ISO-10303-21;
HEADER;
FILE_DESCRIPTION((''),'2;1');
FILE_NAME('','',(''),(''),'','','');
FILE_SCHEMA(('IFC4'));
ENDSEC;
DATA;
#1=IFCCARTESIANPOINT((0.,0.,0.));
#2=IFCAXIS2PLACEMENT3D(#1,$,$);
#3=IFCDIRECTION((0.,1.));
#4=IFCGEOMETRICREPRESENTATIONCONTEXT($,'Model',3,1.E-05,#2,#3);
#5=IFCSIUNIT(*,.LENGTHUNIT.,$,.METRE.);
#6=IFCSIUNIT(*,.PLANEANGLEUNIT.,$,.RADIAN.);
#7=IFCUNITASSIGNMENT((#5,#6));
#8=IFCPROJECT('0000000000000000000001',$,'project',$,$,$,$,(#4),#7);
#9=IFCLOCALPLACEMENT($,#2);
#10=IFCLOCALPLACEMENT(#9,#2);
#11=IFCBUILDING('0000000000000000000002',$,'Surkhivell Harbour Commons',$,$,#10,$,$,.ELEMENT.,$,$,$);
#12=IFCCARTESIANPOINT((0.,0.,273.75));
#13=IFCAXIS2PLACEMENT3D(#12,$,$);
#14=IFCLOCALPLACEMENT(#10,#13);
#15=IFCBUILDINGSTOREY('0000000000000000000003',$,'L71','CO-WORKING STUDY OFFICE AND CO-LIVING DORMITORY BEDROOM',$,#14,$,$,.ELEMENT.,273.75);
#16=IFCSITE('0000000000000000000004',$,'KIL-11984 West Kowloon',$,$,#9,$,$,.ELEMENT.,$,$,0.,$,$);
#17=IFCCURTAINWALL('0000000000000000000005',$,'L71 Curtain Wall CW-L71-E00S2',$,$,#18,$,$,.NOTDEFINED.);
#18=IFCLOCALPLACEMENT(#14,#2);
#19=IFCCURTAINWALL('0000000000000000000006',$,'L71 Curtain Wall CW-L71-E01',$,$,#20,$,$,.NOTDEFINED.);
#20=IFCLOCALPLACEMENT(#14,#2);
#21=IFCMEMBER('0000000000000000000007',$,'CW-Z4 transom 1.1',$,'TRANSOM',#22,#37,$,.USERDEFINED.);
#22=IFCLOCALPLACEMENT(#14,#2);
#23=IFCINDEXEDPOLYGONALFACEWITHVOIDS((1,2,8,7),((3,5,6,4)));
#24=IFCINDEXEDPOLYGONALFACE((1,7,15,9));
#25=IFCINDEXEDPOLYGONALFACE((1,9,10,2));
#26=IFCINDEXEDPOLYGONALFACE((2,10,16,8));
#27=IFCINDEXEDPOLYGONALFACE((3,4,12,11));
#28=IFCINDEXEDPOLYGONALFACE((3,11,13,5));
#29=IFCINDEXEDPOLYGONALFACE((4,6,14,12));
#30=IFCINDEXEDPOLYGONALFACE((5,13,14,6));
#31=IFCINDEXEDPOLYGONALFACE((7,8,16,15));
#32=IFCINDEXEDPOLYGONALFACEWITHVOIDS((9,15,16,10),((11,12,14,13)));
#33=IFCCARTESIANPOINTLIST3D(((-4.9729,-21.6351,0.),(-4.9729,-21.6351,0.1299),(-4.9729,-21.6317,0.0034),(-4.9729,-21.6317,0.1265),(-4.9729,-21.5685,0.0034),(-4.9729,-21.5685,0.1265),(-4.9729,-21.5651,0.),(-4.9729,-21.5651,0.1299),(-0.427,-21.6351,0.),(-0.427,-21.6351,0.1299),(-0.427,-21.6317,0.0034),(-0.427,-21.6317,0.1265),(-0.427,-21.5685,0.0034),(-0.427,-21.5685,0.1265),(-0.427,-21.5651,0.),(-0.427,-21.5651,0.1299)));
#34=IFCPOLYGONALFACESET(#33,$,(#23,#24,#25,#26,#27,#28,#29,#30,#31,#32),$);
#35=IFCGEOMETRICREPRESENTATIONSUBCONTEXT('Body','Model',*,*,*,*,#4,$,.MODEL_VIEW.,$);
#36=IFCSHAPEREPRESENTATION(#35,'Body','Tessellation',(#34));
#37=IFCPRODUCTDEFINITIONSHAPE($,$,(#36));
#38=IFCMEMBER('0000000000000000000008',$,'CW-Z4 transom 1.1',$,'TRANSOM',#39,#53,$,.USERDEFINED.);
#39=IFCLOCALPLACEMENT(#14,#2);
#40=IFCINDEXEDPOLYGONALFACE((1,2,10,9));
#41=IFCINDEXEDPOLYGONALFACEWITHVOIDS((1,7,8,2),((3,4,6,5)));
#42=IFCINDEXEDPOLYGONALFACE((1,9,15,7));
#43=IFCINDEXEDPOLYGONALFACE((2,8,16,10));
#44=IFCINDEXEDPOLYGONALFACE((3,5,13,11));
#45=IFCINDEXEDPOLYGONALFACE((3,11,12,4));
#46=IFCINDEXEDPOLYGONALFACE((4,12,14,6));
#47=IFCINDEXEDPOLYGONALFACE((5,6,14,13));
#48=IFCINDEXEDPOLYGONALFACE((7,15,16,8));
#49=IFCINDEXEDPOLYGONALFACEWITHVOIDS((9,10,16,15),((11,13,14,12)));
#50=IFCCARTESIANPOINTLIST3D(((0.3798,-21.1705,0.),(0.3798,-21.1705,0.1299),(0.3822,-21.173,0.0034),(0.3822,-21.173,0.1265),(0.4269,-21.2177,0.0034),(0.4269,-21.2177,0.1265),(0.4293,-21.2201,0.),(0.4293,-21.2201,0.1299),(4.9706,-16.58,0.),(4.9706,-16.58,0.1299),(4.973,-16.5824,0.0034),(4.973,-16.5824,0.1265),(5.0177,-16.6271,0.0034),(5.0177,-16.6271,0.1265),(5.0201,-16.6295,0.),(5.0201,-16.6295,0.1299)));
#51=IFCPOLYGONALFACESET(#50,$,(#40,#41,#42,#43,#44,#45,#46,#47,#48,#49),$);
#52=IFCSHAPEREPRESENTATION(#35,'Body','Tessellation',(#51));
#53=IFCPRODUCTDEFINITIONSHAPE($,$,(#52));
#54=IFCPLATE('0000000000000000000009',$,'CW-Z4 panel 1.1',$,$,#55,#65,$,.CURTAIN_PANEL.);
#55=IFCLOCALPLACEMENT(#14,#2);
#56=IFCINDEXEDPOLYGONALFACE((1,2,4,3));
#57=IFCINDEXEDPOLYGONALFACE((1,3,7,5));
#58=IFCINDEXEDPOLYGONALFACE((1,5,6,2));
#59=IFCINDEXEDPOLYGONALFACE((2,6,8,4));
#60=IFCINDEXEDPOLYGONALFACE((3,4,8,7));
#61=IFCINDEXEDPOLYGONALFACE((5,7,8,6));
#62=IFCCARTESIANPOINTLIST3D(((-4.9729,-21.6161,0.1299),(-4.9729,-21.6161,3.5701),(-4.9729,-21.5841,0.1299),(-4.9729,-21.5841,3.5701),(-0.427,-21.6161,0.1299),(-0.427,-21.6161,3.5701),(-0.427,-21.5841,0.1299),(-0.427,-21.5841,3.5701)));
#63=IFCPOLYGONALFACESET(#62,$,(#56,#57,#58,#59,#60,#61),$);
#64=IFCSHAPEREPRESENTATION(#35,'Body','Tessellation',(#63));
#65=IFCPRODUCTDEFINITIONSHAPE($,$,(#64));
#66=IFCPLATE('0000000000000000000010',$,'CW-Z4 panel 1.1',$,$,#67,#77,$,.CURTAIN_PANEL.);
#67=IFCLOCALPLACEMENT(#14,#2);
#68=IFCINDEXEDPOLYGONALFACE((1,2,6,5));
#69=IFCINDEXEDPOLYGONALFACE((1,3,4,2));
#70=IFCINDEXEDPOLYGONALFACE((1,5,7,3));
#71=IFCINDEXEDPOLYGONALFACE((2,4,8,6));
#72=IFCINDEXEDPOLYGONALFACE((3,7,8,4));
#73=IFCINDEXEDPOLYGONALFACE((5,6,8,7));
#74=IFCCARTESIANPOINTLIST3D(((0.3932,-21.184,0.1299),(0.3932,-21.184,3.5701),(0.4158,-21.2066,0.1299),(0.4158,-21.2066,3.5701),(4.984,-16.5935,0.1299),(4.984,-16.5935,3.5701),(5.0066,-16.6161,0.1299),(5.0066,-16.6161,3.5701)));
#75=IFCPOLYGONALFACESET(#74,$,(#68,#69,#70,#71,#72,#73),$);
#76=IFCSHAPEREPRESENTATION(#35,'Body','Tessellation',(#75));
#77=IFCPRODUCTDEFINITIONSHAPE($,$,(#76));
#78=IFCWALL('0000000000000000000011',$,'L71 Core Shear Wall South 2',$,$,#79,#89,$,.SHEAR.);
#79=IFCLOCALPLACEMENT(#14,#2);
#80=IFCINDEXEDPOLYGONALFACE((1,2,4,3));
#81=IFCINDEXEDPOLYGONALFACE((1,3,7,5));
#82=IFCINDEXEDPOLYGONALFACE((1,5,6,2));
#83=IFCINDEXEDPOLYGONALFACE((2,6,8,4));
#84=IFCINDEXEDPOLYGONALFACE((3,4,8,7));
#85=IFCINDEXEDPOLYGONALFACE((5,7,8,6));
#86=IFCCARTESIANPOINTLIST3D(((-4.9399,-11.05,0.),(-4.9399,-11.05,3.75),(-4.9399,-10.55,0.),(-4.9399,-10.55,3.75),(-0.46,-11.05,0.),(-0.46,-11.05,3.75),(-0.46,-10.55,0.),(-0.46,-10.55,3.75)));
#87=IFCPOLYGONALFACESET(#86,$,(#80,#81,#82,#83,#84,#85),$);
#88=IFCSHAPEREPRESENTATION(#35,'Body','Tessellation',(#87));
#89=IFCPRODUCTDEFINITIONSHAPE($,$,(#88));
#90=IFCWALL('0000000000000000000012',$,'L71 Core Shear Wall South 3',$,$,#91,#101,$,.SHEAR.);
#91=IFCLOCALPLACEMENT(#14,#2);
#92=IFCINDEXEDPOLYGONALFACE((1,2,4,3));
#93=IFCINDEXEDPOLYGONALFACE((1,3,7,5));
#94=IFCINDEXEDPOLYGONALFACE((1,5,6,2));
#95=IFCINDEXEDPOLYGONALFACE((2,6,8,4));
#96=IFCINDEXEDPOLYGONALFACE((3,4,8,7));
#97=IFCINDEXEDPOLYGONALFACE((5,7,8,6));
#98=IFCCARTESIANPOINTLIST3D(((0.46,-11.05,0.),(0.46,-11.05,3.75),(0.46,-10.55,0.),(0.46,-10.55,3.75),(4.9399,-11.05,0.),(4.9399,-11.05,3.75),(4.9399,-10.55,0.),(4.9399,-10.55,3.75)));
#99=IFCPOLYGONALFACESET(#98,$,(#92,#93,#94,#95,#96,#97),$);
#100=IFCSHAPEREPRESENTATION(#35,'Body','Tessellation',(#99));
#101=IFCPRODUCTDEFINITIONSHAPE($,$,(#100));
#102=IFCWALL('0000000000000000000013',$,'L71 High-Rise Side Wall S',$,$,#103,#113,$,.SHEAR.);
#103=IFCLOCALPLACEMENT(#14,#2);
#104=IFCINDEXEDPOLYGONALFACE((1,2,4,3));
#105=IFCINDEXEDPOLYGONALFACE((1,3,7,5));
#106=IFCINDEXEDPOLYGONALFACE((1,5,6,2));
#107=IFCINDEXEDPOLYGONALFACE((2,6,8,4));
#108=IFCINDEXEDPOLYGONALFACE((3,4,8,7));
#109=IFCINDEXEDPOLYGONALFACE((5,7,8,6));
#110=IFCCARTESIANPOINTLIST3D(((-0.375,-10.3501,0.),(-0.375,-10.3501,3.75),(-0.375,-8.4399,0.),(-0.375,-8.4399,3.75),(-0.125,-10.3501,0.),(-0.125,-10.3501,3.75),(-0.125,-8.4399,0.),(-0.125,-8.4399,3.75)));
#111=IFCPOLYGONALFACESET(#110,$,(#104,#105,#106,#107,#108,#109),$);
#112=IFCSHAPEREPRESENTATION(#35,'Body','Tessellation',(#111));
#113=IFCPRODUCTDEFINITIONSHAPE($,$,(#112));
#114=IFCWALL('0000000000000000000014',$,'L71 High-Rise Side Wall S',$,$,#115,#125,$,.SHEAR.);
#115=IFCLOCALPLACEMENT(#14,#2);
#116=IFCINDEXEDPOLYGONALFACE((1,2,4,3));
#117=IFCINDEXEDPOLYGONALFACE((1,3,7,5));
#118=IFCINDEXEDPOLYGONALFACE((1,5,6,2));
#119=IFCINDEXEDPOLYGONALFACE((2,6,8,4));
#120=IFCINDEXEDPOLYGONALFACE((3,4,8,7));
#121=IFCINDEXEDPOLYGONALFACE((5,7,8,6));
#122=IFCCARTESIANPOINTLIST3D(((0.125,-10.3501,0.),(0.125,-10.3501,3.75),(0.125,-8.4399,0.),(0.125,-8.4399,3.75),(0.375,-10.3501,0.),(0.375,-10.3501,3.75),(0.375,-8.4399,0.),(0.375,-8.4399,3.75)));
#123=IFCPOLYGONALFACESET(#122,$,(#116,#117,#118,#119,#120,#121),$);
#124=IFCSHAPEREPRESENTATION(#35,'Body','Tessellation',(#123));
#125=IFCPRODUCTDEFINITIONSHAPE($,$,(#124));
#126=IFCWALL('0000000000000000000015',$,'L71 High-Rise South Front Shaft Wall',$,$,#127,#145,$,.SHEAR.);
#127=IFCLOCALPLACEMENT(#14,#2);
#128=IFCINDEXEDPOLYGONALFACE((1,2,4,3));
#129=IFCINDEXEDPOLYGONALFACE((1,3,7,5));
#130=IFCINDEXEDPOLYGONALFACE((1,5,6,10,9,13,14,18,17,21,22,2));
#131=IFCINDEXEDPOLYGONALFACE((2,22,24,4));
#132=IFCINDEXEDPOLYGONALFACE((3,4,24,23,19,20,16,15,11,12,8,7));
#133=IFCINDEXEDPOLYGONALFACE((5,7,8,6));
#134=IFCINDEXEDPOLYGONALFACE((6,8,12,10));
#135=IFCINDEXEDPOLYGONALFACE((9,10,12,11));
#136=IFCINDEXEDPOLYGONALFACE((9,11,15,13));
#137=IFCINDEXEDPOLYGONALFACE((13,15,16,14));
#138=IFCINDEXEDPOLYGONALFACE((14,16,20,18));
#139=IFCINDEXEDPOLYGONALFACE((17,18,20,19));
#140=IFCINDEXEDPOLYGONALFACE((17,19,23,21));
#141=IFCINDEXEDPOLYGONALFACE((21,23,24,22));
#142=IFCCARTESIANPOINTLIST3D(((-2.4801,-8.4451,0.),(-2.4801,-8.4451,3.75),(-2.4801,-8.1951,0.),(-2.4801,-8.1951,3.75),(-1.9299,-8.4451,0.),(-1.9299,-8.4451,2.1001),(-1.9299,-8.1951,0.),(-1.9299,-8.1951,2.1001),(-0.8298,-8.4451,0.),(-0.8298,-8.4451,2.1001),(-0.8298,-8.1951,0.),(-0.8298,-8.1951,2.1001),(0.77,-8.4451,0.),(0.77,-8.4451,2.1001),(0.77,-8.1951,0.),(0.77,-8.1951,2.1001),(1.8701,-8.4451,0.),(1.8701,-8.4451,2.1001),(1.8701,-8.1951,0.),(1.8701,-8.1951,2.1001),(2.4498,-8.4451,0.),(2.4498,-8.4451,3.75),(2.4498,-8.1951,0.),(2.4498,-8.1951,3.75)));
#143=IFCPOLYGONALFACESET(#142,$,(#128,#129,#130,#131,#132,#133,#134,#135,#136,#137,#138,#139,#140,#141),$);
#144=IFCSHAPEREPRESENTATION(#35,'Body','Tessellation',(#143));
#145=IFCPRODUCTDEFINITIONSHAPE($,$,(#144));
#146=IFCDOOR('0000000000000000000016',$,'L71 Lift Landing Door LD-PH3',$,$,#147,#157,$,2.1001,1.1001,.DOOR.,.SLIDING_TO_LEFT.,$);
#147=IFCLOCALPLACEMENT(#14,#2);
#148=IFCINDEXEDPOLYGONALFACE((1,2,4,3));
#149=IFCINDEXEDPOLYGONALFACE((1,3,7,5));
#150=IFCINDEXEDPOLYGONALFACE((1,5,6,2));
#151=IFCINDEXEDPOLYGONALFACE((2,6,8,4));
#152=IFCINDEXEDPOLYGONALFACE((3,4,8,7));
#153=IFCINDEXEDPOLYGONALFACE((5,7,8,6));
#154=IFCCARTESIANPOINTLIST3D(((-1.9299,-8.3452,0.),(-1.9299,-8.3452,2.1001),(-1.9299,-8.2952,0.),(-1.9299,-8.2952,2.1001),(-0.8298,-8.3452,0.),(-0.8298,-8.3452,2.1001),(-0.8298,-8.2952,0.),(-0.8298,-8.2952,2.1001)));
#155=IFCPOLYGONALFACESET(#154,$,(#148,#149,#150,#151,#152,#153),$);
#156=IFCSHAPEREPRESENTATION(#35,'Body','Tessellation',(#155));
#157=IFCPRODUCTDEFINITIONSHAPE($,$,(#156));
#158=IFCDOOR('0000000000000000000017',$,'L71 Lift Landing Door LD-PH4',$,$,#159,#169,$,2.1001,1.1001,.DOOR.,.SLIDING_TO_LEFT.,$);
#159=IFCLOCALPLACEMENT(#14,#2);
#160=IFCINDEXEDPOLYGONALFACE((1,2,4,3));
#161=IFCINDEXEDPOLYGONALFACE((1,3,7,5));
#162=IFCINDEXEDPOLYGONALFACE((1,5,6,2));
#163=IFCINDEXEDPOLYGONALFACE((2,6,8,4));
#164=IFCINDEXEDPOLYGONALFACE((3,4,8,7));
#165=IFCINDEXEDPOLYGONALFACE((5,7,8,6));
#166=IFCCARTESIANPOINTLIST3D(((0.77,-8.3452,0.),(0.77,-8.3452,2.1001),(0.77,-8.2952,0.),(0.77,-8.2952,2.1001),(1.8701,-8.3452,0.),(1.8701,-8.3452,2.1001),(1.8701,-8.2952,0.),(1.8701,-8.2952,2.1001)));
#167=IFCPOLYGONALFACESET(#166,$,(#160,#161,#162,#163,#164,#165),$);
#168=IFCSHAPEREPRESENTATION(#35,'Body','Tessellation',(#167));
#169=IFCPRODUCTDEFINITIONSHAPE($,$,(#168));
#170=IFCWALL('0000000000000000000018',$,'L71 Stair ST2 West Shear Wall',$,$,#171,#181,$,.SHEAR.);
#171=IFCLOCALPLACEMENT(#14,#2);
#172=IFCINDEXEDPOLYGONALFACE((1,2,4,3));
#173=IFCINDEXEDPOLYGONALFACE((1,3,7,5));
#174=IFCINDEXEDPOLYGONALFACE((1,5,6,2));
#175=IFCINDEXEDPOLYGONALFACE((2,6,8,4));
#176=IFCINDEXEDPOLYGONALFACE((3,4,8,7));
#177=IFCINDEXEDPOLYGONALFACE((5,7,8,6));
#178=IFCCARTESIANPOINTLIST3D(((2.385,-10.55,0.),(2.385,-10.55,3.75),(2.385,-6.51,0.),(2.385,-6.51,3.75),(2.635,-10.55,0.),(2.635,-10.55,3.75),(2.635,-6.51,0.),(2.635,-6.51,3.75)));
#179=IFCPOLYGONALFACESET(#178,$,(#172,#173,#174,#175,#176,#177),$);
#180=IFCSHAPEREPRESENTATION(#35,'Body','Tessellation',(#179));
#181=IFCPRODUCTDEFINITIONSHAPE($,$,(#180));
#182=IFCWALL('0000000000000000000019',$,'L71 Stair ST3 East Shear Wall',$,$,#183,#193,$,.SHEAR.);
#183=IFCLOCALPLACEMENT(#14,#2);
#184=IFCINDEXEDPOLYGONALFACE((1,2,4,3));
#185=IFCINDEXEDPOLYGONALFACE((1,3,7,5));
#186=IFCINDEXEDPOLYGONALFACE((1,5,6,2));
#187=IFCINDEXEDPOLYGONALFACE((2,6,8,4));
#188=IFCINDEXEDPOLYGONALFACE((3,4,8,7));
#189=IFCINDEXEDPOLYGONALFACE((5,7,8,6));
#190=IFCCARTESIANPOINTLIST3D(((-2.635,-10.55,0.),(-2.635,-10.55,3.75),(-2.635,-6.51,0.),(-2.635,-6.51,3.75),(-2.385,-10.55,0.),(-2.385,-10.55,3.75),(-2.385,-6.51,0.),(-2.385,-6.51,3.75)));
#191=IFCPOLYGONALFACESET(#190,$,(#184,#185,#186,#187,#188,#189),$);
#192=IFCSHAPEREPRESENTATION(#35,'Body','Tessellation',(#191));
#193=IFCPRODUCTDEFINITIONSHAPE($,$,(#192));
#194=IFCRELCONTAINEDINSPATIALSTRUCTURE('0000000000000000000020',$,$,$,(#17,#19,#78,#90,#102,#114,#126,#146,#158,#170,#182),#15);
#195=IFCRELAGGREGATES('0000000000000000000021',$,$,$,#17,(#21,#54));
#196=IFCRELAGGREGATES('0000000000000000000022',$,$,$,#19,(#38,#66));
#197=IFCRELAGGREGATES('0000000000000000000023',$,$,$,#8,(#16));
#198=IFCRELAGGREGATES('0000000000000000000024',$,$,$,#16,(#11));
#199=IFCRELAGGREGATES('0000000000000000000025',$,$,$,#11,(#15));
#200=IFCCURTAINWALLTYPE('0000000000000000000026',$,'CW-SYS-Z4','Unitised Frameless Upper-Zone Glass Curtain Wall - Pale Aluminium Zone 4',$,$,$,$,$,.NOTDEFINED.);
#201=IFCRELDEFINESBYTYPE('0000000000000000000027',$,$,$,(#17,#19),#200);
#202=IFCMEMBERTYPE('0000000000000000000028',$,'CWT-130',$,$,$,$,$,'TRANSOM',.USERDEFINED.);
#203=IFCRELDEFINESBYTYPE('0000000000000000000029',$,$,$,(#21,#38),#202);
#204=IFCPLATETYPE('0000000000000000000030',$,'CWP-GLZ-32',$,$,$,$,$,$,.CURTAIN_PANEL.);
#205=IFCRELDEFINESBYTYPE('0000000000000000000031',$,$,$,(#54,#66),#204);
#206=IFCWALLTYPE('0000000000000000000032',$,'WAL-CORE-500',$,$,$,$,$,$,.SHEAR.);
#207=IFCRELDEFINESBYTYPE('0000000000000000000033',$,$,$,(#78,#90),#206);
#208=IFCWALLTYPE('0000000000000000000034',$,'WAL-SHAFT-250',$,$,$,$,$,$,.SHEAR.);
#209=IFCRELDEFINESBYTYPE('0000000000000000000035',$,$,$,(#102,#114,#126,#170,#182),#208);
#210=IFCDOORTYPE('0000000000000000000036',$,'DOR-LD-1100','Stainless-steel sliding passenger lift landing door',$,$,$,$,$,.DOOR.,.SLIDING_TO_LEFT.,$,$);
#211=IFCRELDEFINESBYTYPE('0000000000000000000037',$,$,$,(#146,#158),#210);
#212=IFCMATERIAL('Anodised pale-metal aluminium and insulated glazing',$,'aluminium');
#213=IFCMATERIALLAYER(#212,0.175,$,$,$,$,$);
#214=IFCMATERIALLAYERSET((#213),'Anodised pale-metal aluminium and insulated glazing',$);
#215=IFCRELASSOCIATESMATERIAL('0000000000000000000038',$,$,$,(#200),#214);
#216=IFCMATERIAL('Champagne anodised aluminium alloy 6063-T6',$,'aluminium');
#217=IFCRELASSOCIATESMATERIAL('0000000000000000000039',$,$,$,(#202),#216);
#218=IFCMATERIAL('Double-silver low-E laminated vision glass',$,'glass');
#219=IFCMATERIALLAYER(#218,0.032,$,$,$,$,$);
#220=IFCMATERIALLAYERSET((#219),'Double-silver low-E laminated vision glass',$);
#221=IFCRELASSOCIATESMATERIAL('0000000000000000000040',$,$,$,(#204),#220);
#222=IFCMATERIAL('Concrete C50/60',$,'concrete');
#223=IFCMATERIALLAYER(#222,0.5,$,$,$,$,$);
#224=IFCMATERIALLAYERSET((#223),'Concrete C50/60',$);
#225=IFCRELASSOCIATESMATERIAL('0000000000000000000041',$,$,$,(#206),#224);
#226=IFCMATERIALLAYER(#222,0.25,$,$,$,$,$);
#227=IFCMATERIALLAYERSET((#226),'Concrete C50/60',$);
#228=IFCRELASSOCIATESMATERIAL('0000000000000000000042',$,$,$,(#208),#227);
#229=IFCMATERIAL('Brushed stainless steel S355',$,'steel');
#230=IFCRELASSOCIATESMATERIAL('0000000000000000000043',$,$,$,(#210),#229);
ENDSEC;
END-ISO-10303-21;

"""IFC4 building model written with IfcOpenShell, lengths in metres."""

from ifc_helpers import new_model, si_unit, direction, frame, frame_2d, origin, origin_2d, place, context, subcontext, project, spatial, rectangle, hollow_rectangle, extrude, material, layer, layer_set, material_profile, profile_set, type_object, element, fill, aggregate, save


model = new_model("IFC4")

# Units and contexts
model_context = context("Model", 3, precision=1e-05, world=origin(), true_north=direction((0.0, 1.0)))
body_context = subcontext(model_context, "Body", "Model", "MODEL_VIEW")
ifc_project = project(units=[si_unit("LENGTHUNIT", "METRE"), si_unit("PLANEANGLEUNIT", "RADIAN")], contexts=[model_context])

# Site, building, storey
site_placement = place(None, origin())
site = spatial("IfcSite", under=ifc_project, at=site_placement, Name="KIL-11984 West Kowloon", CompositionType="ELEMENT", RefElevation=0.0)
building_placement = place(site_placement, origin())
building = spatial("IfcBuilding", under=site, at=building_placement, Name="Surkhivell Harbour Commons", CompositionType="ELEMENT")
storey_placement = place(building_placement, frame((0.0, 0.0, 273.75)))
storey = spatial("IfcBuildingStorey", under=building, at=storey_placement, Name="L71", Description="CO-WORKING STUDY OFFICE AND CO-LIVING DORMITORY BEDROOM", CompositionType="ELEMENT", Elevation=273.75)

# Shared definitions
ifc_material_1 = material(Name="Concrete C50/60", Category="concrete")

# Curtain wall
ifc_material_2 = material(Name="Anodised pale-metal aluminium and insulated glazing", Category="aluminium")
ifc_layer_1 = layer(ifc_material_2, 0.175)
ifc_layer_set_1 = layer_set([ifc_layer_1], Name="Anodised pale-metal aluminium and insulated glazing")
curtain_wall_type = type_object("IfcCurtainWallType", Name="CW-SYS-Z4", Description="Unitised Frameless Upper-Zone Glass Curtain Wall - Pale Aluminium Zone 4", PredefinedType="NOTDEFINED", material=ifc_layer_set_1)
curtain_wall_1_placement = place(storey_placement, origin())
curtain_wall_1 = element("IfcCurtainWall", 1, at=curtain_wall_1_placement, inside=storey, type_object=curtain_wall_type, Name="L71 Curtain Wall CW-L71-E00S2", PredefinedType="NOTDEFINED")

# Curtain wall
curtain_wall_2_placement = place(storey_placement, origin())
curtain_wall_2 = element("IfcCurtainWall", 2, at=curtain_wall_2_placement, inside=storey, type_object=curtain_wall_type, Name="L71 Curtain Wall CW-L71-E01", PredefinedType="NOTDEFINED")

# Members
ifc_material_3 = material(Name="Champagne anodised aluminium alloy 6063-T6", Category="aluminium")
ifc_material_profile_1 = material_profile(ifc_material_3, hollow_rectangle(XDim=0.0701, YDim=0.1299, WallThickness=0.0034, at=origin_2d()), Name="ALU-TRAN-70x130")
ifc_profile_set_1 = profile_set([ifc_material_profile_1], Name="Champagne anodised aluminium alloy 6063-T6")
member_type_1 = type_object("IfcMemberType", Name="CWT-130", ElementType="TRANSOM", PredefinedType="USERDEFINED", material=ifc_profile_set_1)
member_1_placement = place(storey_placement, frame((-4.9729, -21.6001, 0.0649), z_axis=(1.0, 0.0, 0.0), x_axis=(0.0, 1.0, 0.0)))
member_1 = element("IfcMember", 3, at=member_1_placement, type_object=member_type_1, Name="CW-Z4 transom 1.1", ObjectType="TRANSOM", PredefinedType="USERDEFINED", context=body_context, shape_type="SweptSolid", body=[
    extrude(hollow_rectangle(XDim=0.0701, YDim=0.1299, WallThickness=0.0034, at=origin_2d()), origin(), (0.0, 0.0, 1.0), 4.5459),
])
member_2_placement = place(storey_placement, frame((0.4045, -21.1953, 0.0649), z_axis=(0.707126, 0.707088, 0.0), x_axis=(-0.707088, 0.707126, 0.0)))
member_2 = element("IfcMember", 4, at=member_2_placement, type_object=member_type_1, Name="CW-Z4 transom 1.1", ObjectType="TRANSOM", PredefinedType="USERDEFINED", context=body_context, shape_type="SweptSolid", body=[
    extrude(hollow_rectangle(XDim=0.0701, YDim=0.1299, WallThickness=0.0034, at=origin_2d()), origin(), (0.0, 0.0, 1.0), 6.4922),
])

# Plates
ifc_material_4 = material(Name="Double-silver low-E laminated vision glass", Category="glass")
ifc_layer_2 = layer(ifc_material_4, 0.032)
ifc_layer_set_2 = layer_set([ifc_layer_2], Name="Double-silver low-E laminated vision glass")
plate_type = type_object("IfcPlateType", Name="CWP-GLZ-32", PredefinedType="CURTAIN_PANEL", material=ifc_layer_set_2)
plate_1_placement = place(storey_placement, frame((-4.9729, -21.6001, 0.1299), z_axis=(0.0, 0.0, 1.0), x_axis=(1.0, 0.0, 0.0)))
plate_1 = element("IfcPlate", 5, at=plate_1_placement, type_object=plate_type, Name="CW-Z4 panel 1.1", PredefinedType="CURTAIN_PANEL", context=body_context, shape_type="SweptSolid", body=[
    extrude(rectangle(XDim=4.5459, YDim=0.032, at=frame_2d((2.2729, 0.0))), origin(), (0.0, 0.0, 1.0), 3.4402),
])
aggregate(curtain_wall_1, [member_1, plate_1])
plate_2_placement = place(storey_placement, frame((0.4045, -21.1953, 0.1299), z_axis=(0.0, 0.0, 1.0), x_axis=(0.707126, 0.707088, 0.0)))
plate_2 = element("IfcPlate", 6, at=plate_2_placement, type_object=plate_type, Name="CW-Z4 panel 1.1", PredefinedType="CURTAIN_PANEL", context=body_context, shape_type="SweptSolid", body=[
    extrude(rectangle(XDim=6.4922, YDim=0.032, at=frame_2d((3.2461, 0.0))), origin(), (0.0, 0.0, 1.0), 3.4402),
])
aggregate(curtain_wall_2, [member_2, plate_2])

# Walls
ifc_layer_3 = layer(ifc_material_1, 0.5)
ifc_layer_set_3 = layer_set([ifc_layer_3], Name="Concrete C50/60")
wall_type_1 = type_object("IfcWallType", Name="WAL-CORE-500", PredefinedType="SHEAR", material=ifc_layer_set_3)
for number, where, z_axis, x_axis, name in (
    (7, (-4.9399, -10.8, 0.0), (0.0, 0.0, 1.0), (1.0, 0.0, 0.0), "L71 Core Shear Wall South 2"),
    (8, (0.46, -10.8, 0.0), (0.0, 0.0, 1.0), (1.0, 0.0, 0.0), "L71 Core Shear Wall South 3"),
):
    element("IfcWall", number, at=place(storey_placement, frame(where, z_axis=z_axis, x_axis=x_axis)), inside=storey, type_object=wall_type_1, Name=name, PredefinedType="SHEAR", context=body_context, shape_type="SweptSolid", body=[
        extrude(rectangle(XDim=4.48, YDim=0.5, at=frame_2d((2.24, 0.0))), origin(), (0.0, 0.0, 1.0), 3.75),
    ])
ifc_layer_4 = layer(ifc_material_1, 0.25)
ifc_layer_set_4 = layer_set([ifc_layer_4], Name="Concrete C50/60")
wall_type_2 = type_object("IfcWallType", Name="WAL-SHAFT-250", PredefinedType="SHEAR", material=ifc_layer_set_4)
for number, where, z_axis, x_axis, name in (
    (9, (-0.25, -10.3501, 0.0), (0.0, 0.0, 1.0), (0.0, 1.0, 0.0), "L71 High-Rise Side Wall S"),
    (10, (0.25, -10.3501, 0.0), (0.0, 0.0, 1.0), (0.0, 1.0, 0.0), "L71 High-Rise Side Wall S"),
):
    element("IfcWall", number, at=place(storey_placement, frame(where, z_axis=z_axis, x_axis=x_axis)), inside=storey, type_object=wall_type_2, Name=name, PredefinedType="SHEAR", context=body_context, shape_type="SweptSolid", body=[
        extrude(rectangle(XDim=1.9102, YDim=0.25, at=frame_2d((0.9551, 0.0))), origin(), (0.0, 0.0, 1.0), 3.75),
    ])

# Wall, openings, doors
wall_placement = place(storey_placement, frame((-2.48, -8.3201, 0.0), z_axis=(0.0, 0.0, 1.0), x_axis=(1.0, 0.0, 0.0)))
wall = element("IfcWall", 11, at=wall_placement, inside=storey, type_object=wall_type_2, Name="L71 High-Rise South Front Shaft Wall", PredefinedType="SHEAR", context=body_context, shape_type="SweptSolid", body=[
    extrude(rectangle(XDim=4.9299, YDim=0.25, at=frame_2d((2.4648, 0.0))), origin(), (0.0, 0.0, 1.0), 3.75),
])
opening_1_placement = place(wall_placement, frame((0.55, 0.0, 0.0)))
opening_1 = element("IfcOpeningElement", 12, at=opening_1_placement, cuts=wall, PredefinedType="OPENING", context=body_context, shape_type="SweptSolid", body=[
    extrude(rectangle(XDim=1.1001, YDim=2.1001, at=frame_2d((0.55, 1.05))), frame((0.0, 0.135, 0.0), z_axis=(0.0, -1.0, 0.0), x_axis=(1.0, 0.0, 0.0)), (0.0, 0.0, 1.0), 0.27),
])
opening_2_placement = place(wall_placement, frame((3.25, 0.0, 0.0)))
opening_2 = element("IfcOpeningElement", 13, at=opening_2_placement, cuts=wall, PredefinedType="OPENING", context=body_context, shape_type="SweptSolid", body=[
    extrude(rectangle(XDim=1.1001, YDim=2.1001, at=frame_2d((0.55, 1.05))), frame((0.0, 0.135, 0.0), z_axis=(0.0, -1.0, 0.0), x_axis=(1.0, 0.0, 0.0)), (0.0, 0.0, 1.0), 0.27),
])
ifc_material_5 = material(Name="Brushed stainless steel S355", Category="steel")
door_type = type_object("IfcDoorType", Name="DOR-LD-1100", Description="Stainless-steel sliding passenger lift landing door", OperationType="SLIDING_TO_LEFT", PredefinedType="DOOR", material=ifc_material_5)
door_1_placement = place(opening_1_placement, origin())
door_1 = element("IfcDoor", 14, at=door_1_placement, inside=storey, type_object=door_type, Name="L71 Lift Landing Door LD-PH3", OperationType="SLIDING_TO_LEFT", OverallHeight=2.1001, OverallWidth=1.1001, PredefinedType="DOOR", context=body_context, shape_type="SweptSolid", body=[
    extrude(rectangle(XDim=1.1001, YDim=2.1001, at=frame_2d((0.55, 1.05))), frame((0.0, 0.0249, 0.0), z_axis=(0.0, -1.0, 0.0), x_axis=(1.0, 0.0, 0.0)), (0.0, 0.0, 1.0), 0.05),
])
fill(opening_1, door_1)
door_2_placement = place(opening_2_placement, origin())
door_2 = element("IfcDoor", 15, at=door_2_placement, inside=storey, type_object=door_type, Name="L71 Lift Landing Door LD-PH4", OperationType="SLIDING_TO_LEFT", OverallHeight=2.1001, OverallWidth=1.1001, PredefinedType="DOOR", context=body_context, shape_type="SweptSolid", body=[
    extrude(rectangle(XDim=1.1001, YDim=2.1001, at=frame_2d((0.55, 1.05))), frame((0.0, 0.0249, 0.0), z_axis=(0.0, -1.0, 0.0), x_axis=(1.0, 0.0, 0.0)), (0.0, 0.0, 1.0), 0.05),
])
fill(opening_2, door_2)

# Walls
for number, where, z_axis, x_axis, name in (
    (16, (2.51, -10.55, 0.0), (0.0, 0.0, 1.0), (0.0, 1.0, 0.0), "L71 Stair ST2 West Shear Wall"),
    (17, (-2.51, -10.55, 0.0), (0.0, 0.0, 1.0), (0.0, 1.0, 0.0), "L71 Stair ST3 East Shear Wall"),
):
    element("IfcWall", number, at=place(storey_placement, frame(where, z_axis=z_axis, x_axis=x_axis)), inside=storey, type_object=wall_type_2, Name=name, PredefinedType="SHEAR", context=body_context, shape_type="SweptSolid", body=[
        extrude(rectangle(XDim=4.04, YDim=0.25, at=frame_2d((2.02, 0.0))), origin(), (0.0, 0.0, 1.0), 3.75),
    ])

save(model, "model.ifc")
